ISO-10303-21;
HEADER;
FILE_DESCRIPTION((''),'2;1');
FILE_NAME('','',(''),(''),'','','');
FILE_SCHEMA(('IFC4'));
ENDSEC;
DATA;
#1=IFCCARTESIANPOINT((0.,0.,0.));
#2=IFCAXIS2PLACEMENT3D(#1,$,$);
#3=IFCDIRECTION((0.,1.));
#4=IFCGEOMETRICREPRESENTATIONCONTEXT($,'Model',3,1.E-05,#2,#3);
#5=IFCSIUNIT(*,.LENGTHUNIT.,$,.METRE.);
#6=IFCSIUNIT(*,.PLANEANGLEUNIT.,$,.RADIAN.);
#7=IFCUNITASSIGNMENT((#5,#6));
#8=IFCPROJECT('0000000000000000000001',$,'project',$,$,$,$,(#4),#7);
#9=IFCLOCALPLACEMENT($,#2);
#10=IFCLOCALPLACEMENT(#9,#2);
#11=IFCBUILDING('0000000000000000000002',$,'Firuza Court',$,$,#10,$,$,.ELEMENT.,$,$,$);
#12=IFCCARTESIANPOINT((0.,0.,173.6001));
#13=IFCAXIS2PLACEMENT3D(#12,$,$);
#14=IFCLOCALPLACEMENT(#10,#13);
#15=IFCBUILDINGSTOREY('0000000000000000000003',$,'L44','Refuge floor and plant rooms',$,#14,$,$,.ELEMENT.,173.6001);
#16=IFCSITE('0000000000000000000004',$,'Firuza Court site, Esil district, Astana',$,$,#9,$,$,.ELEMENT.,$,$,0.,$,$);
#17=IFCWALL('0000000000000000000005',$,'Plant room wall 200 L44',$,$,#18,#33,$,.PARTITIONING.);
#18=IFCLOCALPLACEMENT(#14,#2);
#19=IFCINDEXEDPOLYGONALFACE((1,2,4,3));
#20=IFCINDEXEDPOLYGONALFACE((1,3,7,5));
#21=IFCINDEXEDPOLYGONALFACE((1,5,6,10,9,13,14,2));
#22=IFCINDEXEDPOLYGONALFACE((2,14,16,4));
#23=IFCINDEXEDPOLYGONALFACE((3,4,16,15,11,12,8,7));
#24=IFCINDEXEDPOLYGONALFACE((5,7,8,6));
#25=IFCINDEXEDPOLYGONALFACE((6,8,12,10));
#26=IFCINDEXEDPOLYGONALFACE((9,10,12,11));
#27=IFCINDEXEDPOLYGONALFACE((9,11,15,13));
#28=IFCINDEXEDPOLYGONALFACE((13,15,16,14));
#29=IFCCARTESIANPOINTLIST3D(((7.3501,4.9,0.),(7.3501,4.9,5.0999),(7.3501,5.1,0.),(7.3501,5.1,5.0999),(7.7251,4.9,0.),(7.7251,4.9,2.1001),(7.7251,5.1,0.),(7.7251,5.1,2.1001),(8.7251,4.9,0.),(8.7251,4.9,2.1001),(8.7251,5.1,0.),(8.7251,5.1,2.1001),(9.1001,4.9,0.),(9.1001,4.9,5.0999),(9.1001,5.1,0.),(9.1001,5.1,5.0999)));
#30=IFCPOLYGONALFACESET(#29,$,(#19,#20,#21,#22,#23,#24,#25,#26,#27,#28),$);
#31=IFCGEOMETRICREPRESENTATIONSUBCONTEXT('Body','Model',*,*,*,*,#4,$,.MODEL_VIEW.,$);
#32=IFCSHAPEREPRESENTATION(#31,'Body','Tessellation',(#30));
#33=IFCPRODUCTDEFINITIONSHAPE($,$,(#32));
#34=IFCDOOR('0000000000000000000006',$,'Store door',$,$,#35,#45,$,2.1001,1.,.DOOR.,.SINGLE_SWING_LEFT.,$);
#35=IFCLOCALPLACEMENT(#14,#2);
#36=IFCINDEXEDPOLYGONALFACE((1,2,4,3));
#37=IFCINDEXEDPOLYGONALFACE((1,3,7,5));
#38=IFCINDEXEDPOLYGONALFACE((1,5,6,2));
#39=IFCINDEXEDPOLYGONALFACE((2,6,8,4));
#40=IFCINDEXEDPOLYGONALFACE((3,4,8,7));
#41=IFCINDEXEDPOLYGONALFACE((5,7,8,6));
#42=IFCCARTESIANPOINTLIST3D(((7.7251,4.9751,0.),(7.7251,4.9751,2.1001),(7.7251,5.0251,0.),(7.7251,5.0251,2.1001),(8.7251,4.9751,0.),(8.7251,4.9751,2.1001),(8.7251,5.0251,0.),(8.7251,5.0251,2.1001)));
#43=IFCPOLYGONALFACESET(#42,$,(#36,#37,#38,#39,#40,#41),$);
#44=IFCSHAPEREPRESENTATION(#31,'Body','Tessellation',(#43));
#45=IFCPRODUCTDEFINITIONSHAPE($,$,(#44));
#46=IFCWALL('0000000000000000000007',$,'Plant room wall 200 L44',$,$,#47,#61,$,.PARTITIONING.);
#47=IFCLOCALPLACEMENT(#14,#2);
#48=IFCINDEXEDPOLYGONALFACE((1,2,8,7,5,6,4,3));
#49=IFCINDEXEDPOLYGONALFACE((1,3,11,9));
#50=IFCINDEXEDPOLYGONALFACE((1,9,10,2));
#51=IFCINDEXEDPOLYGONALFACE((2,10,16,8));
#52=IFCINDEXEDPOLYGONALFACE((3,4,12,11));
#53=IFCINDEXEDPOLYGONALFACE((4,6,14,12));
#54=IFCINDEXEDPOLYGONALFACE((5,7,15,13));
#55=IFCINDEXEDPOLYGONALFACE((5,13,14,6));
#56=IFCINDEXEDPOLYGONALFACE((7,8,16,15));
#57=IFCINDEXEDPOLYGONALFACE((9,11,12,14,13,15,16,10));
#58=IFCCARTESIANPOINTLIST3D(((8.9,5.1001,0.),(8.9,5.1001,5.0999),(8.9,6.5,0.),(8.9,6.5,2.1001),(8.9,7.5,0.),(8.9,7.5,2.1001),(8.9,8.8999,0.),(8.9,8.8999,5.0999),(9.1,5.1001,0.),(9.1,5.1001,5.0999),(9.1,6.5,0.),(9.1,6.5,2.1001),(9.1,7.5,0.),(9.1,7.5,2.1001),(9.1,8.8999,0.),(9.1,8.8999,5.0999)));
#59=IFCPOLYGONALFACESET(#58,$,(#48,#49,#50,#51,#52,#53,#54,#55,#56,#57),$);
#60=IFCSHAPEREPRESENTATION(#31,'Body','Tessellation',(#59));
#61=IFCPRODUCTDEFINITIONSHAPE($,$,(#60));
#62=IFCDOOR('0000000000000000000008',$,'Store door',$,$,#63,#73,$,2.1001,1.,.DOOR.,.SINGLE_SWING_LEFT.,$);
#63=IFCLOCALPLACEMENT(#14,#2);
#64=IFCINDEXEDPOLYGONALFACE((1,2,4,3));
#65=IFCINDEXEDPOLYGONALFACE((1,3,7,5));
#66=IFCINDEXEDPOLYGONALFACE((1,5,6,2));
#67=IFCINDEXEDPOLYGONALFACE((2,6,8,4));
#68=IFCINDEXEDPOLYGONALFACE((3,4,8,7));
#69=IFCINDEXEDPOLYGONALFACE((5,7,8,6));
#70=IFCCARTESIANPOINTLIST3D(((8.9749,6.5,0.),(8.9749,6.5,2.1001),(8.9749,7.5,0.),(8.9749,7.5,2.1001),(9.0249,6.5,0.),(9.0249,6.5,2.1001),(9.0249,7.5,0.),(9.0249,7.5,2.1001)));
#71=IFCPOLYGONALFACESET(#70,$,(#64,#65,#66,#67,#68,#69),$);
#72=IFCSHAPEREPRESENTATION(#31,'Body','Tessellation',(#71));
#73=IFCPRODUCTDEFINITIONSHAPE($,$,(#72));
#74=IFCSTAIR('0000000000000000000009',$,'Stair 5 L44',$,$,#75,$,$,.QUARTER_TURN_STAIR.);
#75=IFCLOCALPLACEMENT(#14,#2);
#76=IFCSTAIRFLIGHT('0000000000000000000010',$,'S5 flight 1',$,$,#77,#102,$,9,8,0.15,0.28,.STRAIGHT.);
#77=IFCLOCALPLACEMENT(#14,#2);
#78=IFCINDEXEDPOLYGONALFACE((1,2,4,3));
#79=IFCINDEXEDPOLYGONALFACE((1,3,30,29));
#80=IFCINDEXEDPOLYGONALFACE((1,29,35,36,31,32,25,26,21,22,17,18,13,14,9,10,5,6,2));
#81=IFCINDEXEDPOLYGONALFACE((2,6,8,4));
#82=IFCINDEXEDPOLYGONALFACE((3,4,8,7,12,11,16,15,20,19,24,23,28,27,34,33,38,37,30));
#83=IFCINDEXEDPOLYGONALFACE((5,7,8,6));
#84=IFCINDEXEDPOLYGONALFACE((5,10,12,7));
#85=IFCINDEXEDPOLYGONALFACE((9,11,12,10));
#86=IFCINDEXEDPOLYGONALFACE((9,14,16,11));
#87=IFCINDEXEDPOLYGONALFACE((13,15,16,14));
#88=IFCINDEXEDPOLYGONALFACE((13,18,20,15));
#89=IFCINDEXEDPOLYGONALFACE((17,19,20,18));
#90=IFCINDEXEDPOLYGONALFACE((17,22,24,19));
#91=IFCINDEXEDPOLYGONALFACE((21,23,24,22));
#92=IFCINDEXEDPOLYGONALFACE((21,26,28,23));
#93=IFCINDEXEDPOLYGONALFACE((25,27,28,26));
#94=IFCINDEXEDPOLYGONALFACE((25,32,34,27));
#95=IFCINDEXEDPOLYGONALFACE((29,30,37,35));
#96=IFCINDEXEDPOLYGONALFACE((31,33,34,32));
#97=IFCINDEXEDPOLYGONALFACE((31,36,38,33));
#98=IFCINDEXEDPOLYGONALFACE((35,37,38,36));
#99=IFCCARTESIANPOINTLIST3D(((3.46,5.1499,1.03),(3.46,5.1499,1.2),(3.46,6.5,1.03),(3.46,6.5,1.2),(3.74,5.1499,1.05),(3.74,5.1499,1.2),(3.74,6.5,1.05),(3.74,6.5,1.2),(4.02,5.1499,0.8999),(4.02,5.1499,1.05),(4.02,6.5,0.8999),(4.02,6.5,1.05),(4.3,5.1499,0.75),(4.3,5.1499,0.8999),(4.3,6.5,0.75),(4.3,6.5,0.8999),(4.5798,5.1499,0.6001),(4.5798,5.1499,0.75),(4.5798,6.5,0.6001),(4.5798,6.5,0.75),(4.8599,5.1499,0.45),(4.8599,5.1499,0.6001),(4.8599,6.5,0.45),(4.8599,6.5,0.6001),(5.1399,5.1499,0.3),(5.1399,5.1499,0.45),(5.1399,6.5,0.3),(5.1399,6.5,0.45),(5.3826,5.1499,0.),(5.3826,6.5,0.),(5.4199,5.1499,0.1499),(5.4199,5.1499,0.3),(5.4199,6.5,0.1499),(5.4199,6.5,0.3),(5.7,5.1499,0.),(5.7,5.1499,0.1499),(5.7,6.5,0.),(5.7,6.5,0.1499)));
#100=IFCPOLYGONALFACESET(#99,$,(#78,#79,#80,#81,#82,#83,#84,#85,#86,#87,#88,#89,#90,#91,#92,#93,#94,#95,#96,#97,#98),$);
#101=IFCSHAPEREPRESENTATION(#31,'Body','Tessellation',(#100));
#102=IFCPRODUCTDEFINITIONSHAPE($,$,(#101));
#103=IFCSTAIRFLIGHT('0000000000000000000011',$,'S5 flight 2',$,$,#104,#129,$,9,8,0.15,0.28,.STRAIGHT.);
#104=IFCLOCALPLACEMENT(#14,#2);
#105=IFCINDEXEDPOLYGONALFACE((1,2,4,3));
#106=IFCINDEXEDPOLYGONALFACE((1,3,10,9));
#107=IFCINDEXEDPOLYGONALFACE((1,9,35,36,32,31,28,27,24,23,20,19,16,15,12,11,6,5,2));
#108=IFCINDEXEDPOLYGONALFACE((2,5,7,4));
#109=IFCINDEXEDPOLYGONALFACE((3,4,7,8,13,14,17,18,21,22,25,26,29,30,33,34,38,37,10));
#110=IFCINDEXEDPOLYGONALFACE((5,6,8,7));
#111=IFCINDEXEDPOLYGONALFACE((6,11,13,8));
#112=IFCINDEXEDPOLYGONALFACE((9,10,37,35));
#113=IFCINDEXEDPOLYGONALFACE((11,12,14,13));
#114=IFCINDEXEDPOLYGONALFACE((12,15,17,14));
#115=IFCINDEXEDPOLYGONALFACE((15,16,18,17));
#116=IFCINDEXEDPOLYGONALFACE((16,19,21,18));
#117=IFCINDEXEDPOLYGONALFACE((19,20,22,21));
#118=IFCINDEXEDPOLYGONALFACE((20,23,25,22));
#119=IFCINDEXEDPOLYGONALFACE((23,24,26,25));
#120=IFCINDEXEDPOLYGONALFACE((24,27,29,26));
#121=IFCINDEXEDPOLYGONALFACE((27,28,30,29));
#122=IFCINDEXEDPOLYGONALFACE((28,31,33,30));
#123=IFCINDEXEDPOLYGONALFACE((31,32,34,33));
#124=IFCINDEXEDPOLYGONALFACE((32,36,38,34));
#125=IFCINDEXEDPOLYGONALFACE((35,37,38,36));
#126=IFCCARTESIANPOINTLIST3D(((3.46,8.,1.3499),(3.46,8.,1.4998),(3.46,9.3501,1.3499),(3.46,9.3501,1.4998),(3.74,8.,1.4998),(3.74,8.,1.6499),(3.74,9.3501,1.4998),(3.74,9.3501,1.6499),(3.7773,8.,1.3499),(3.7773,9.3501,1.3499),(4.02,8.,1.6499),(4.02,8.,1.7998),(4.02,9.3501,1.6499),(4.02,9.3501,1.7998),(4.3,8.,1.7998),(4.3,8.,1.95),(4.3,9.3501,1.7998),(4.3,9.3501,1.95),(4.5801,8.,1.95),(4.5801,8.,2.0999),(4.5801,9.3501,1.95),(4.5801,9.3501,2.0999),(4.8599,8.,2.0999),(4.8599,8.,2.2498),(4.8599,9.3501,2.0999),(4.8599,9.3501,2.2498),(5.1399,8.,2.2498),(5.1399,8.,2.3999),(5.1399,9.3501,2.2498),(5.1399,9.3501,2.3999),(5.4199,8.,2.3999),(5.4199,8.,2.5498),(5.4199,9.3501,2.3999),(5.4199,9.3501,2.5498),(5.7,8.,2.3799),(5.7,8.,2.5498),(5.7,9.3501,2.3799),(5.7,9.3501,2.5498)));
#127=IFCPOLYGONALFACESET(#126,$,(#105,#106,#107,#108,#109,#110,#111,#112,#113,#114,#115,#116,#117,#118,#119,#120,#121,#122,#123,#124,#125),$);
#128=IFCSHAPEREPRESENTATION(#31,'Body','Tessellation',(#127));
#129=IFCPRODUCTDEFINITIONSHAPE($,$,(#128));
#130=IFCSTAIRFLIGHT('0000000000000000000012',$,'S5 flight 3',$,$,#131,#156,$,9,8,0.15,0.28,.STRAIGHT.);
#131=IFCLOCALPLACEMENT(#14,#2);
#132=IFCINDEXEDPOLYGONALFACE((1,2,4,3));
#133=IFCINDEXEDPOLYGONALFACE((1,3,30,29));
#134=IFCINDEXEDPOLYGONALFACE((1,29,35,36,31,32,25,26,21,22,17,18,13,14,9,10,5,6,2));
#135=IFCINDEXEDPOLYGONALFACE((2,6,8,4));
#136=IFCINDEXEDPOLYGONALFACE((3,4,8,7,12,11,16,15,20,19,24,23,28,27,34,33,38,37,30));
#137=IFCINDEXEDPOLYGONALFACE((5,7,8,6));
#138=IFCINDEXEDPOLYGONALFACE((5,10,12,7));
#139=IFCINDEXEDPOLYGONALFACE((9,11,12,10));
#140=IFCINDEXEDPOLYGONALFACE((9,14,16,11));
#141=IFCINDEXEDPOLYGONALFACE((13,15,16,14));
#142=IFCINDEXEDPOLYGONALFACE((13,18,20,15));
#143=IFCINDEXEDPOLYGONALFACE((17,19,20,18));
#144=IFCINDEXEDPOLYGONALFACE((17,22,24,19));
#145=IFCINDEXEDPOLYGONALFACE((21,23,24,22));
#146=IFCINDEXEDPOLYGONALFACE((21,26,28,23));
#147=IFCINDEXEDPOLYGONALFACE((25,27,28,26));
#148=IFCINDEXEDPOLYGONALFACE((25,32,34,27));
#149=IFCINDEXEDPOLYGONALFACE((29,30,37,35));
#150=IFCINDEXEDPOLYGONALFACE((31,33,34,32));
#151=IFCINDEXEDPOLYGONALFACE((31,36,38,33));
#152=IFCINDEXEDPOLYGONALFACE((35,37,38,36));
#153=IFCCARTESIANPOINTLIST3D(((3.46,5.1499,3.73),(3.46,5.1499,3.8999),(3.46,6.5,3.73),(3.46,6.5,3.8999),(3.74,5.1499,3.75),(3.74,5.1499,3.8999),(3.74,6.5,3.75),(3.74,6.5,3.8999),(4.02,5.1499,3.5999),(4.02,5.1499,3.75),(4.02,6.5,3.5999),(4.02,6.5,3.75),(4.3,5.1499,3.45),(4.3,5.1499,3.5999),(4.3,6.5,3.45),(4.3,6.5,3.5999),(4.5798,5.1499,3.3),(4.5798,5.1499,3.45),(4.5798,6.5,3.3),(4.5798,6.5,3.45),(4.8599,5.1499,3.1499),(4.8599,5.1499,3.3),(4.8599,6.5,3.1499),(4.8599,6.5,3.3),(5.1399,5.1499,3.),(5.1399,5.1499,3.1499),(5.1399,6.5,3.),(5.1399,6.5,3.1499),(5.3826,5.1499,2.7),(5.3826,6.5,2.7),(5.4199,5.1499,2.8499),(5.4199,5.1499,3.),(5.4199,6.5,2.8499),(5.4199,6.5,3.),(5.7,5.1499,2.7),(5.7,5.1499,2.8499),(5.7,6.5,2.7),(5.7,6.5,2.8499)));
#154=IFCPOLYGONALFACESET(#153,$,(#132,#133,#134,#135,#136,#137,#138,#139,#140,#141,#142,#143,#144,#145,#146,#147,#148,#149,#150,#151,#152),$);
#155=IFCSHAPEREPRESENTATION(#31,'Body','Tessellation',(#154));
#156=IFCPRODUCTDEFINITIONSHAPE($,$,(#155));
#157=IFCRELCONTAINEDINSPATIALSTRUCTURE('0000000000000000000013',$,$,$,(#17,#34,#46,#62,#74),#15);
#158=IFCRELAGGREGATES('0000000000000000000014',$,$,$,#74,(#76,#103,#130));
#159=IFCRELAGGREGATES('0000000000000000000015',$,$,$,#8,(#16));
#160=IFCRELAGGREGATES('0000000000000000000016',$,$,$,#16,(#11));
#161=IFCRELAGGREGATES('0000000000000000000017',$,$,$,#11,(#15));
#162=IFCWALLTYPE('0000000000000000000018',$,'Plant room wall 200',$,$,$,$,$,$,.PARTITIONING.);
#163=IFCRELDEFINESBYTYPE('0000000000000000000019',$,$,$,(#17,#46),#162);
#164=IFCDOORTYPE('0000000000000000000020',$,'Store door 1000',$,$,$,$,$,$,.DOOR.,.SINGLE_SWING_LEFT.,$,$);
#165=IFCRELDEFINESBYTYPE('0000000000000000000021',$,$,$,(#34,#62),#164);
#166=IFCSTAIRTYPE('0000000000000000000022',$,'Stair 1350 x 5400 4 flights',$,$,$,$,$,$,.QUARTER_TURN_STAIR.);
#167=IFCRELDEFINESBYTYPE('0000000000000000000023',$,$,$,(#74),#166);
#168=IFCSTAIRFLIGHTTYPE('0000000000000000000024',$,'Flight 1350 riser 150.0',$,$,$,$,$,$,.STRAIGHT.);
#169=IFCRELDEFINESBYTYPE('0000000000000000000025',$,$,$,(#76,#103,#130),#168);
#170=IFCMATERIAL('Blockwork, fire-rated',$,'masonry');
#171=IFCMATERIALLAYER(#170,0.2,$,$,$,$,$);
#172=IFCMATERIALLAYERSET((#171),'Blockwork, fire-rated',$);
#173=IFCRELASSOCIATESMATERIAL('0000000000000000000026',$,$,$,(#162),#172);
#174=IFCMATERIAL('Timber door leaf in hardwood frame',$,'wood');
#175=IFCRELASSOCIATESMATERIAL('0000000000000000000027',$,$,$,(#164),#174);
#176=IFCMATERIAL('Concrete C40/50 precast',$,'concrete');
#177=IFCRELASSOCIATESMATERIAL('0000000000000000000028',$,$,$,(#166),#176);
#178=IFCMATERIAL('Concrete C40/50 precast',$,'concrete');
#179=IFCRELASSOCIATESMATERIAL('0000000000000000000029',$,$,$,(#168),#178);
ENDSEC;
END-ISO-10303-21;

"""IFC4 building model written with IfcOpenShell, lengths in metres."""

from ifc_helpers import new_model, si_unit, direction, frame, frame_2d, origin, place, context, subcontext, project, spatial, polyline, rectangle, outline, extrude, material, layer, layer_set, type_object, element, fill, aggregate, save


model = new_model("IFC4")

# Units and contexts
model_context = context("Model", 3, precision=1e-05, world=origin(), true_north=direction((0.0, 1.0)))
body_context = subcontext(model_context, "Body", "Model", "MODEL_VIEW")
ifc_project = project(units=[si_unit("LENGTHUNIT", "METRE"), si_unit("PLANEANGLEUNIT", "RADIAN")], contexts=[model_context])

# Site, building, storey
site_placement = place(None, origin())
site = spatial("IfcSite", under=ifc_project, at=site_placement, Name="Firuza Court site, Esil district, Astana", CompositionType="ELEMENT", RefElevation=0.0)
building_placement = place(site_placement, origin())
building = spatial("IfcBuilding", under=site, at=building_placement, Name="Firuza Court", CompositionType="ELEMENT")
storey_placement = place(building_placement, frame((0.0, 0.0, 173.6001)))
storey = spatial("IfcBuildingStorey", under=building, at=storey_placement, Name="L44", Description="Refuge floor and plant rooms", CompositionType="ELEMENT", Elevation=173.6001)

# Walls, openings, doors
ifc_material_1 = material(Name="Blockwork, fire-rated", Category="masonry")
ifc_layer_1 = layer(ifc_material_1, 0.2)
ifc_layer_set_1 = layer_set([ifc_layer_1], Name="Blockwork, fire-rated")
wall_type_1 = type_object("IfcWallType", Name="Plant room wall 200", PredefinedType="PARTITIONING", material=ifc_layer_set_1)
wall_1_placement = place(storey_placement, frame((7.3501, 5.0, 0.0), z_axis=(0.0, 0.0, 1.0), x_axis=(1.0, 0.0, 0.0)))
wall_1 = element("IfcWall", 1, at=wall_1_placement, inside=storey, type_object=wall_type_1, Name="Plant room wall 200 L44", PredefinedType="PARTITIONING", context=body_context, shape_type="SweptSolid", body=[
    extrude(rectangle(XDim=1.75, YDim=0.2, at=frame_2d((0.875, 0.0))), origin(), (0.0, 0.0, 1.0), 5.0999),
])
opening_1_placement = place(wall_1_placement, frame((0.375, 0.0, 0.0)))
opening_1 = element("IfcOpeningElement", 2, at=opening_1_placement, cuts=wall_1, PredefinedType="OPENING", context=body_context, shape_type="SweptSolid", body=[
    extrude(rectangle(XDim=1.0, YDim=2.1001, at=frame_2d((0.5, 1.05))), frame((0.0, 0.1118, 0.0), z_axis=(0.0, -1.0, 0.0), x_axis=(1.0, 0.0, 0.0)), (0.0, 0.0, 1.0), 0.2239),
])
ifc_material_2 = material(Name="Timber door leaf in hardwood frame", Category="wood")
door_type_1 = type_object("IfcDoorType", Name="Store door 1000", OperationType="SINGLE_SWING_LEFT", PredefinedType="DOOR", material=ifc_material_2)
door_1_placement = place(opening_1_placement, frame((1.0, 0.0, 0.0), z_axis=(0.0, 0.0, 1.0), x_axis=(-1.0, 0.0, 0.0)))
door_1 = element("IfcDoor", 3, at=door_1_placement, inside=storey, type_object=door_type_1, Name="Store door", OperationType="SINGLE_SWING_LEFT", OverallHeight=2.1001, OverallWidth=1.0, PredefinedType="DOOR", context=body_context, shape_type="SweptSolid", body=[
    extrude(rectangle(XDim=1.0, YDim=2.1001, at=frame_2d((0.5, 1.05))), frame((0.0, 0.0249, 0.0), z_axis=(0.0, -1.0, 0.0), x_axis=(1.0, 0.0, 0.0)), (0.0, 0.0, 1.0), 0.05),
])
fill(opening_1, door_1)
wall_2_placement = place(storey_placement, frame((9.0, 5.1001, 0.0), z_axis=(0.0, 0.0, 1.0), x_axis=(0.0, 1.0, 0.0)))
wall_2 = element("IfcWall", 4, at=wall_2_placement, inside=storey, type_object=wall_type_1, Name="Plant room wall 200 L44", PredefinedType="PARTITIONING", context=body_context, shape_type="SweptSolid", body=[
    extrude(rectangle(XDim=3.7998, YDim=0.2, at=frame_2d((1.8999, 0.0))), origin(), (0.0, 0.0, 1.0), 5.0999),
])
opening_2_placement = place(wall_2_placement, frame((1.3999, 0.0, 0.0)))
opening_2 = element("IfcOpeningElement", 5, at=opening_2_placement, cuts=wall_2, PredefinedType="OPENING", context=body_context, shape_type="SweptSolid", body=[
    extrude(rectangle(XDim=1.0, YDim=2.1001, at=frame_2d((0.5, 1.05))), frame((0.0, 0.1118, 0.0), z_axis=(0.0, -1.0, 0.0), x_axis=(1.0, 0.0, 0.0)), (0.0, 0.0, 1.0), 0.2239),
])
door_2_placement = place(opening_2_placement, frame((1.0, 0.0, 0.0), z_axis=(0.0, 0.0, 1.0), x_axis=(-1.0, 0.0, 0.0)))
door_2 = element("IfcDoor", 6, at=door_2_placement, inside=storey, type_object=door_type_1, Name="Store door", OperationType="SINGLE_SWING_LEFT", OverallHeight=2.1001, OverallWidth=1.0, PredefinedType="DOOR", context=body_context, shape_type="SweptSolid", body=[
    extrude(rectangle(XDim=1.0, YDim=2.1001, at=frame_2d((0.5, 1.05))), frame((0.0, 0.0249, 0.0), z_axis=(0.0, -1.0, 0.0), x_axis=(1.0, 0.0, 0.0)), (0.0, 0.0, 1.0), 0.05),
])
fill(opening_2, door_2)

# Stair, stair flights
ifc_material_3 = material(Name="Concrete C40/50 precast", Category="concrete")
stair_type = type_object("IfcStairType", Name="Stair 1350 x 5400 4 flights", PredefinedType="QUARTER_TURN_STAIR", material=ifc_material_3)
stair_placement = place(storey_placement, origin())
stair = element("IfcStair", 7, at=stair_placement, inside=storey, type_object=stair_type, Name="Stair 5 L44", PredefinedType="QUARTER_TURN_STAIR")
ifc_material_4 = material(Name="Concrete C40/50 precast", Category="concrete")
stair_flight_type = type_object("IfcStairFlightType", Name="Flight 1350 riser 150.0", PredefinedType="STRAIGHT", material=ifc_material_4)
stair_flight_1_placement = place(storey_placement, frame((5.7, 5.825, 0.0), z_axis=(0.0, 0.0, 1.0), x_axis=(-1.0, 0.0, 0.0)))
stair_flight_1 = element("IfcStairFlight", 8, at=stair_flight_1_placement, type_object=stair_flight_type, Name="S5 flight 1", NumberOfRisers=9, NumberOfTreads=8, PredefinedType="STRAIGHT", RiserHeight=0.15, TreadLength=0.28, context=body_context, shape_type="SweptSolid", body=[
    extrude(outline(polyline([(0.0, 0.0), (0.0, 0.1499), (0.28, 0.1499), (0.28, 0.3), (0.5601, 0.3), (0.5601, 0.45), (0.8401, 0.45), (0.8401, 0.6001), (1.1201, 0.6001), (1.1201, 0.75), (1.3999, 0.75), (1.3999, 0.8999), (1.6799, 0.8999), (1.6799, 1.05), (1.96, 1.05), (1.96, 1.2), (2.24, 1.2), (2.24, 1.3501), (2.24, 1.03), (0.3174, 0.0), (0.0, 0.0)])), frame((0.0, 0.675, 0.0), z_axis=(0.0, -1.0, 0.0), x_axis=(1.0, 0.0, 0.0)), (0.0, 0.0, 1.0), 1.3501),
])
stair_flight_2_placement = place(storey_placement, frame((3.46, 8.675, 1.3499), z_axis=(0.0, 0.0, 1.0), x_axis=(1.0, 0.0, 0.0)))
stair_flight_2 = element("IfcStairFlight", 9, at=stair_flight_2_placement, type_object=stair_flight_type, Name="S5 flight 2", NumberOfRisers=9, NumberOfTreads=8, PredefinedType="STRAIGHT", RiserHeight=0.15, TreadLength=0.28, context=body_context, shape_type="SweptSolid", body=[
    extrude(outline(polyline([(0.0, 0.0), (0.0, 0.1499), (0.28, 0.1499), (0.28, 0.3), (0.5601, 0.3), (0.5601, 0.45), (0.8401, 0.45), (0.8401, 0.6001), (1.1201, 0.6001), (1.1201, 0.75), (1.3999, 0.75), (1.3999, 0.8999), (1.6799, 0.8999), (1.6799, 1.05), (1.96, 1.05), (1.96, 1.2), (2.24, 1.2), (2.24, 1.3501), (2.24, 1.03), (0.3174, 0.0), (0.0, 0.0)])), frame((0.0, 0.675, 0.0), z_axis=(0.0, -1.0, 0.0), x_axis=(1.0, 0.0, 0.0)), (0.0, 0.0, 1.0), 1.3501),
])
stair_flight_3_placement = place(storey_placement, frame((5.7, 5.825, 2.7), z_axis=(0.0, 0.0, 1.0), x_axis=(-1.0, 0.0, 0.0)))
stair_flight_3 = element("IfcStairFlight", 10, at=stair_flight_3_placement, type_object=stair_flight_type, Name="S5 flight 3", NumberOfRisers=9, NumberOfTreads=8, PredefinedType="STRAIGHT", RiserHeight=0.15, TreadLength=0.28, context=body_context, shape_type="SweptSolid", body=[
    extrude(outline(polyline([(0.0, 0.0), (0.0, 0.1499), (0.28, 0.1499), (0.28, 0.3), (0.5601, 0.3), (0.5601, 0.45), (0.8401, 0.45), (0.8401, 0.6001), (1.1201, 0.6001), (1.1201, 0.75), (1.3999, 0.75), (1.3999, 0.8999), (1.6799, 0.8999), (1.6799, 1.05), (1.96, 1.05), (1.96, 1.2), (2.24, 1.2), (2.24, 1.3501), (2.24, 1.03), (0.3174, 0.0), (0.0, 0.0)])), frame((0.0, 0.675, 0.0), z_axis=(0.0, -1.0, 0.0), x_axis=(1.0, 0.0, 0.0)), (0.0, 0.0, 1.0), 1.3501),
])
aggregate(stair, [stair_flight_1, stair_flight_2, stair_flight_3])

save(model, "model.ifc")
